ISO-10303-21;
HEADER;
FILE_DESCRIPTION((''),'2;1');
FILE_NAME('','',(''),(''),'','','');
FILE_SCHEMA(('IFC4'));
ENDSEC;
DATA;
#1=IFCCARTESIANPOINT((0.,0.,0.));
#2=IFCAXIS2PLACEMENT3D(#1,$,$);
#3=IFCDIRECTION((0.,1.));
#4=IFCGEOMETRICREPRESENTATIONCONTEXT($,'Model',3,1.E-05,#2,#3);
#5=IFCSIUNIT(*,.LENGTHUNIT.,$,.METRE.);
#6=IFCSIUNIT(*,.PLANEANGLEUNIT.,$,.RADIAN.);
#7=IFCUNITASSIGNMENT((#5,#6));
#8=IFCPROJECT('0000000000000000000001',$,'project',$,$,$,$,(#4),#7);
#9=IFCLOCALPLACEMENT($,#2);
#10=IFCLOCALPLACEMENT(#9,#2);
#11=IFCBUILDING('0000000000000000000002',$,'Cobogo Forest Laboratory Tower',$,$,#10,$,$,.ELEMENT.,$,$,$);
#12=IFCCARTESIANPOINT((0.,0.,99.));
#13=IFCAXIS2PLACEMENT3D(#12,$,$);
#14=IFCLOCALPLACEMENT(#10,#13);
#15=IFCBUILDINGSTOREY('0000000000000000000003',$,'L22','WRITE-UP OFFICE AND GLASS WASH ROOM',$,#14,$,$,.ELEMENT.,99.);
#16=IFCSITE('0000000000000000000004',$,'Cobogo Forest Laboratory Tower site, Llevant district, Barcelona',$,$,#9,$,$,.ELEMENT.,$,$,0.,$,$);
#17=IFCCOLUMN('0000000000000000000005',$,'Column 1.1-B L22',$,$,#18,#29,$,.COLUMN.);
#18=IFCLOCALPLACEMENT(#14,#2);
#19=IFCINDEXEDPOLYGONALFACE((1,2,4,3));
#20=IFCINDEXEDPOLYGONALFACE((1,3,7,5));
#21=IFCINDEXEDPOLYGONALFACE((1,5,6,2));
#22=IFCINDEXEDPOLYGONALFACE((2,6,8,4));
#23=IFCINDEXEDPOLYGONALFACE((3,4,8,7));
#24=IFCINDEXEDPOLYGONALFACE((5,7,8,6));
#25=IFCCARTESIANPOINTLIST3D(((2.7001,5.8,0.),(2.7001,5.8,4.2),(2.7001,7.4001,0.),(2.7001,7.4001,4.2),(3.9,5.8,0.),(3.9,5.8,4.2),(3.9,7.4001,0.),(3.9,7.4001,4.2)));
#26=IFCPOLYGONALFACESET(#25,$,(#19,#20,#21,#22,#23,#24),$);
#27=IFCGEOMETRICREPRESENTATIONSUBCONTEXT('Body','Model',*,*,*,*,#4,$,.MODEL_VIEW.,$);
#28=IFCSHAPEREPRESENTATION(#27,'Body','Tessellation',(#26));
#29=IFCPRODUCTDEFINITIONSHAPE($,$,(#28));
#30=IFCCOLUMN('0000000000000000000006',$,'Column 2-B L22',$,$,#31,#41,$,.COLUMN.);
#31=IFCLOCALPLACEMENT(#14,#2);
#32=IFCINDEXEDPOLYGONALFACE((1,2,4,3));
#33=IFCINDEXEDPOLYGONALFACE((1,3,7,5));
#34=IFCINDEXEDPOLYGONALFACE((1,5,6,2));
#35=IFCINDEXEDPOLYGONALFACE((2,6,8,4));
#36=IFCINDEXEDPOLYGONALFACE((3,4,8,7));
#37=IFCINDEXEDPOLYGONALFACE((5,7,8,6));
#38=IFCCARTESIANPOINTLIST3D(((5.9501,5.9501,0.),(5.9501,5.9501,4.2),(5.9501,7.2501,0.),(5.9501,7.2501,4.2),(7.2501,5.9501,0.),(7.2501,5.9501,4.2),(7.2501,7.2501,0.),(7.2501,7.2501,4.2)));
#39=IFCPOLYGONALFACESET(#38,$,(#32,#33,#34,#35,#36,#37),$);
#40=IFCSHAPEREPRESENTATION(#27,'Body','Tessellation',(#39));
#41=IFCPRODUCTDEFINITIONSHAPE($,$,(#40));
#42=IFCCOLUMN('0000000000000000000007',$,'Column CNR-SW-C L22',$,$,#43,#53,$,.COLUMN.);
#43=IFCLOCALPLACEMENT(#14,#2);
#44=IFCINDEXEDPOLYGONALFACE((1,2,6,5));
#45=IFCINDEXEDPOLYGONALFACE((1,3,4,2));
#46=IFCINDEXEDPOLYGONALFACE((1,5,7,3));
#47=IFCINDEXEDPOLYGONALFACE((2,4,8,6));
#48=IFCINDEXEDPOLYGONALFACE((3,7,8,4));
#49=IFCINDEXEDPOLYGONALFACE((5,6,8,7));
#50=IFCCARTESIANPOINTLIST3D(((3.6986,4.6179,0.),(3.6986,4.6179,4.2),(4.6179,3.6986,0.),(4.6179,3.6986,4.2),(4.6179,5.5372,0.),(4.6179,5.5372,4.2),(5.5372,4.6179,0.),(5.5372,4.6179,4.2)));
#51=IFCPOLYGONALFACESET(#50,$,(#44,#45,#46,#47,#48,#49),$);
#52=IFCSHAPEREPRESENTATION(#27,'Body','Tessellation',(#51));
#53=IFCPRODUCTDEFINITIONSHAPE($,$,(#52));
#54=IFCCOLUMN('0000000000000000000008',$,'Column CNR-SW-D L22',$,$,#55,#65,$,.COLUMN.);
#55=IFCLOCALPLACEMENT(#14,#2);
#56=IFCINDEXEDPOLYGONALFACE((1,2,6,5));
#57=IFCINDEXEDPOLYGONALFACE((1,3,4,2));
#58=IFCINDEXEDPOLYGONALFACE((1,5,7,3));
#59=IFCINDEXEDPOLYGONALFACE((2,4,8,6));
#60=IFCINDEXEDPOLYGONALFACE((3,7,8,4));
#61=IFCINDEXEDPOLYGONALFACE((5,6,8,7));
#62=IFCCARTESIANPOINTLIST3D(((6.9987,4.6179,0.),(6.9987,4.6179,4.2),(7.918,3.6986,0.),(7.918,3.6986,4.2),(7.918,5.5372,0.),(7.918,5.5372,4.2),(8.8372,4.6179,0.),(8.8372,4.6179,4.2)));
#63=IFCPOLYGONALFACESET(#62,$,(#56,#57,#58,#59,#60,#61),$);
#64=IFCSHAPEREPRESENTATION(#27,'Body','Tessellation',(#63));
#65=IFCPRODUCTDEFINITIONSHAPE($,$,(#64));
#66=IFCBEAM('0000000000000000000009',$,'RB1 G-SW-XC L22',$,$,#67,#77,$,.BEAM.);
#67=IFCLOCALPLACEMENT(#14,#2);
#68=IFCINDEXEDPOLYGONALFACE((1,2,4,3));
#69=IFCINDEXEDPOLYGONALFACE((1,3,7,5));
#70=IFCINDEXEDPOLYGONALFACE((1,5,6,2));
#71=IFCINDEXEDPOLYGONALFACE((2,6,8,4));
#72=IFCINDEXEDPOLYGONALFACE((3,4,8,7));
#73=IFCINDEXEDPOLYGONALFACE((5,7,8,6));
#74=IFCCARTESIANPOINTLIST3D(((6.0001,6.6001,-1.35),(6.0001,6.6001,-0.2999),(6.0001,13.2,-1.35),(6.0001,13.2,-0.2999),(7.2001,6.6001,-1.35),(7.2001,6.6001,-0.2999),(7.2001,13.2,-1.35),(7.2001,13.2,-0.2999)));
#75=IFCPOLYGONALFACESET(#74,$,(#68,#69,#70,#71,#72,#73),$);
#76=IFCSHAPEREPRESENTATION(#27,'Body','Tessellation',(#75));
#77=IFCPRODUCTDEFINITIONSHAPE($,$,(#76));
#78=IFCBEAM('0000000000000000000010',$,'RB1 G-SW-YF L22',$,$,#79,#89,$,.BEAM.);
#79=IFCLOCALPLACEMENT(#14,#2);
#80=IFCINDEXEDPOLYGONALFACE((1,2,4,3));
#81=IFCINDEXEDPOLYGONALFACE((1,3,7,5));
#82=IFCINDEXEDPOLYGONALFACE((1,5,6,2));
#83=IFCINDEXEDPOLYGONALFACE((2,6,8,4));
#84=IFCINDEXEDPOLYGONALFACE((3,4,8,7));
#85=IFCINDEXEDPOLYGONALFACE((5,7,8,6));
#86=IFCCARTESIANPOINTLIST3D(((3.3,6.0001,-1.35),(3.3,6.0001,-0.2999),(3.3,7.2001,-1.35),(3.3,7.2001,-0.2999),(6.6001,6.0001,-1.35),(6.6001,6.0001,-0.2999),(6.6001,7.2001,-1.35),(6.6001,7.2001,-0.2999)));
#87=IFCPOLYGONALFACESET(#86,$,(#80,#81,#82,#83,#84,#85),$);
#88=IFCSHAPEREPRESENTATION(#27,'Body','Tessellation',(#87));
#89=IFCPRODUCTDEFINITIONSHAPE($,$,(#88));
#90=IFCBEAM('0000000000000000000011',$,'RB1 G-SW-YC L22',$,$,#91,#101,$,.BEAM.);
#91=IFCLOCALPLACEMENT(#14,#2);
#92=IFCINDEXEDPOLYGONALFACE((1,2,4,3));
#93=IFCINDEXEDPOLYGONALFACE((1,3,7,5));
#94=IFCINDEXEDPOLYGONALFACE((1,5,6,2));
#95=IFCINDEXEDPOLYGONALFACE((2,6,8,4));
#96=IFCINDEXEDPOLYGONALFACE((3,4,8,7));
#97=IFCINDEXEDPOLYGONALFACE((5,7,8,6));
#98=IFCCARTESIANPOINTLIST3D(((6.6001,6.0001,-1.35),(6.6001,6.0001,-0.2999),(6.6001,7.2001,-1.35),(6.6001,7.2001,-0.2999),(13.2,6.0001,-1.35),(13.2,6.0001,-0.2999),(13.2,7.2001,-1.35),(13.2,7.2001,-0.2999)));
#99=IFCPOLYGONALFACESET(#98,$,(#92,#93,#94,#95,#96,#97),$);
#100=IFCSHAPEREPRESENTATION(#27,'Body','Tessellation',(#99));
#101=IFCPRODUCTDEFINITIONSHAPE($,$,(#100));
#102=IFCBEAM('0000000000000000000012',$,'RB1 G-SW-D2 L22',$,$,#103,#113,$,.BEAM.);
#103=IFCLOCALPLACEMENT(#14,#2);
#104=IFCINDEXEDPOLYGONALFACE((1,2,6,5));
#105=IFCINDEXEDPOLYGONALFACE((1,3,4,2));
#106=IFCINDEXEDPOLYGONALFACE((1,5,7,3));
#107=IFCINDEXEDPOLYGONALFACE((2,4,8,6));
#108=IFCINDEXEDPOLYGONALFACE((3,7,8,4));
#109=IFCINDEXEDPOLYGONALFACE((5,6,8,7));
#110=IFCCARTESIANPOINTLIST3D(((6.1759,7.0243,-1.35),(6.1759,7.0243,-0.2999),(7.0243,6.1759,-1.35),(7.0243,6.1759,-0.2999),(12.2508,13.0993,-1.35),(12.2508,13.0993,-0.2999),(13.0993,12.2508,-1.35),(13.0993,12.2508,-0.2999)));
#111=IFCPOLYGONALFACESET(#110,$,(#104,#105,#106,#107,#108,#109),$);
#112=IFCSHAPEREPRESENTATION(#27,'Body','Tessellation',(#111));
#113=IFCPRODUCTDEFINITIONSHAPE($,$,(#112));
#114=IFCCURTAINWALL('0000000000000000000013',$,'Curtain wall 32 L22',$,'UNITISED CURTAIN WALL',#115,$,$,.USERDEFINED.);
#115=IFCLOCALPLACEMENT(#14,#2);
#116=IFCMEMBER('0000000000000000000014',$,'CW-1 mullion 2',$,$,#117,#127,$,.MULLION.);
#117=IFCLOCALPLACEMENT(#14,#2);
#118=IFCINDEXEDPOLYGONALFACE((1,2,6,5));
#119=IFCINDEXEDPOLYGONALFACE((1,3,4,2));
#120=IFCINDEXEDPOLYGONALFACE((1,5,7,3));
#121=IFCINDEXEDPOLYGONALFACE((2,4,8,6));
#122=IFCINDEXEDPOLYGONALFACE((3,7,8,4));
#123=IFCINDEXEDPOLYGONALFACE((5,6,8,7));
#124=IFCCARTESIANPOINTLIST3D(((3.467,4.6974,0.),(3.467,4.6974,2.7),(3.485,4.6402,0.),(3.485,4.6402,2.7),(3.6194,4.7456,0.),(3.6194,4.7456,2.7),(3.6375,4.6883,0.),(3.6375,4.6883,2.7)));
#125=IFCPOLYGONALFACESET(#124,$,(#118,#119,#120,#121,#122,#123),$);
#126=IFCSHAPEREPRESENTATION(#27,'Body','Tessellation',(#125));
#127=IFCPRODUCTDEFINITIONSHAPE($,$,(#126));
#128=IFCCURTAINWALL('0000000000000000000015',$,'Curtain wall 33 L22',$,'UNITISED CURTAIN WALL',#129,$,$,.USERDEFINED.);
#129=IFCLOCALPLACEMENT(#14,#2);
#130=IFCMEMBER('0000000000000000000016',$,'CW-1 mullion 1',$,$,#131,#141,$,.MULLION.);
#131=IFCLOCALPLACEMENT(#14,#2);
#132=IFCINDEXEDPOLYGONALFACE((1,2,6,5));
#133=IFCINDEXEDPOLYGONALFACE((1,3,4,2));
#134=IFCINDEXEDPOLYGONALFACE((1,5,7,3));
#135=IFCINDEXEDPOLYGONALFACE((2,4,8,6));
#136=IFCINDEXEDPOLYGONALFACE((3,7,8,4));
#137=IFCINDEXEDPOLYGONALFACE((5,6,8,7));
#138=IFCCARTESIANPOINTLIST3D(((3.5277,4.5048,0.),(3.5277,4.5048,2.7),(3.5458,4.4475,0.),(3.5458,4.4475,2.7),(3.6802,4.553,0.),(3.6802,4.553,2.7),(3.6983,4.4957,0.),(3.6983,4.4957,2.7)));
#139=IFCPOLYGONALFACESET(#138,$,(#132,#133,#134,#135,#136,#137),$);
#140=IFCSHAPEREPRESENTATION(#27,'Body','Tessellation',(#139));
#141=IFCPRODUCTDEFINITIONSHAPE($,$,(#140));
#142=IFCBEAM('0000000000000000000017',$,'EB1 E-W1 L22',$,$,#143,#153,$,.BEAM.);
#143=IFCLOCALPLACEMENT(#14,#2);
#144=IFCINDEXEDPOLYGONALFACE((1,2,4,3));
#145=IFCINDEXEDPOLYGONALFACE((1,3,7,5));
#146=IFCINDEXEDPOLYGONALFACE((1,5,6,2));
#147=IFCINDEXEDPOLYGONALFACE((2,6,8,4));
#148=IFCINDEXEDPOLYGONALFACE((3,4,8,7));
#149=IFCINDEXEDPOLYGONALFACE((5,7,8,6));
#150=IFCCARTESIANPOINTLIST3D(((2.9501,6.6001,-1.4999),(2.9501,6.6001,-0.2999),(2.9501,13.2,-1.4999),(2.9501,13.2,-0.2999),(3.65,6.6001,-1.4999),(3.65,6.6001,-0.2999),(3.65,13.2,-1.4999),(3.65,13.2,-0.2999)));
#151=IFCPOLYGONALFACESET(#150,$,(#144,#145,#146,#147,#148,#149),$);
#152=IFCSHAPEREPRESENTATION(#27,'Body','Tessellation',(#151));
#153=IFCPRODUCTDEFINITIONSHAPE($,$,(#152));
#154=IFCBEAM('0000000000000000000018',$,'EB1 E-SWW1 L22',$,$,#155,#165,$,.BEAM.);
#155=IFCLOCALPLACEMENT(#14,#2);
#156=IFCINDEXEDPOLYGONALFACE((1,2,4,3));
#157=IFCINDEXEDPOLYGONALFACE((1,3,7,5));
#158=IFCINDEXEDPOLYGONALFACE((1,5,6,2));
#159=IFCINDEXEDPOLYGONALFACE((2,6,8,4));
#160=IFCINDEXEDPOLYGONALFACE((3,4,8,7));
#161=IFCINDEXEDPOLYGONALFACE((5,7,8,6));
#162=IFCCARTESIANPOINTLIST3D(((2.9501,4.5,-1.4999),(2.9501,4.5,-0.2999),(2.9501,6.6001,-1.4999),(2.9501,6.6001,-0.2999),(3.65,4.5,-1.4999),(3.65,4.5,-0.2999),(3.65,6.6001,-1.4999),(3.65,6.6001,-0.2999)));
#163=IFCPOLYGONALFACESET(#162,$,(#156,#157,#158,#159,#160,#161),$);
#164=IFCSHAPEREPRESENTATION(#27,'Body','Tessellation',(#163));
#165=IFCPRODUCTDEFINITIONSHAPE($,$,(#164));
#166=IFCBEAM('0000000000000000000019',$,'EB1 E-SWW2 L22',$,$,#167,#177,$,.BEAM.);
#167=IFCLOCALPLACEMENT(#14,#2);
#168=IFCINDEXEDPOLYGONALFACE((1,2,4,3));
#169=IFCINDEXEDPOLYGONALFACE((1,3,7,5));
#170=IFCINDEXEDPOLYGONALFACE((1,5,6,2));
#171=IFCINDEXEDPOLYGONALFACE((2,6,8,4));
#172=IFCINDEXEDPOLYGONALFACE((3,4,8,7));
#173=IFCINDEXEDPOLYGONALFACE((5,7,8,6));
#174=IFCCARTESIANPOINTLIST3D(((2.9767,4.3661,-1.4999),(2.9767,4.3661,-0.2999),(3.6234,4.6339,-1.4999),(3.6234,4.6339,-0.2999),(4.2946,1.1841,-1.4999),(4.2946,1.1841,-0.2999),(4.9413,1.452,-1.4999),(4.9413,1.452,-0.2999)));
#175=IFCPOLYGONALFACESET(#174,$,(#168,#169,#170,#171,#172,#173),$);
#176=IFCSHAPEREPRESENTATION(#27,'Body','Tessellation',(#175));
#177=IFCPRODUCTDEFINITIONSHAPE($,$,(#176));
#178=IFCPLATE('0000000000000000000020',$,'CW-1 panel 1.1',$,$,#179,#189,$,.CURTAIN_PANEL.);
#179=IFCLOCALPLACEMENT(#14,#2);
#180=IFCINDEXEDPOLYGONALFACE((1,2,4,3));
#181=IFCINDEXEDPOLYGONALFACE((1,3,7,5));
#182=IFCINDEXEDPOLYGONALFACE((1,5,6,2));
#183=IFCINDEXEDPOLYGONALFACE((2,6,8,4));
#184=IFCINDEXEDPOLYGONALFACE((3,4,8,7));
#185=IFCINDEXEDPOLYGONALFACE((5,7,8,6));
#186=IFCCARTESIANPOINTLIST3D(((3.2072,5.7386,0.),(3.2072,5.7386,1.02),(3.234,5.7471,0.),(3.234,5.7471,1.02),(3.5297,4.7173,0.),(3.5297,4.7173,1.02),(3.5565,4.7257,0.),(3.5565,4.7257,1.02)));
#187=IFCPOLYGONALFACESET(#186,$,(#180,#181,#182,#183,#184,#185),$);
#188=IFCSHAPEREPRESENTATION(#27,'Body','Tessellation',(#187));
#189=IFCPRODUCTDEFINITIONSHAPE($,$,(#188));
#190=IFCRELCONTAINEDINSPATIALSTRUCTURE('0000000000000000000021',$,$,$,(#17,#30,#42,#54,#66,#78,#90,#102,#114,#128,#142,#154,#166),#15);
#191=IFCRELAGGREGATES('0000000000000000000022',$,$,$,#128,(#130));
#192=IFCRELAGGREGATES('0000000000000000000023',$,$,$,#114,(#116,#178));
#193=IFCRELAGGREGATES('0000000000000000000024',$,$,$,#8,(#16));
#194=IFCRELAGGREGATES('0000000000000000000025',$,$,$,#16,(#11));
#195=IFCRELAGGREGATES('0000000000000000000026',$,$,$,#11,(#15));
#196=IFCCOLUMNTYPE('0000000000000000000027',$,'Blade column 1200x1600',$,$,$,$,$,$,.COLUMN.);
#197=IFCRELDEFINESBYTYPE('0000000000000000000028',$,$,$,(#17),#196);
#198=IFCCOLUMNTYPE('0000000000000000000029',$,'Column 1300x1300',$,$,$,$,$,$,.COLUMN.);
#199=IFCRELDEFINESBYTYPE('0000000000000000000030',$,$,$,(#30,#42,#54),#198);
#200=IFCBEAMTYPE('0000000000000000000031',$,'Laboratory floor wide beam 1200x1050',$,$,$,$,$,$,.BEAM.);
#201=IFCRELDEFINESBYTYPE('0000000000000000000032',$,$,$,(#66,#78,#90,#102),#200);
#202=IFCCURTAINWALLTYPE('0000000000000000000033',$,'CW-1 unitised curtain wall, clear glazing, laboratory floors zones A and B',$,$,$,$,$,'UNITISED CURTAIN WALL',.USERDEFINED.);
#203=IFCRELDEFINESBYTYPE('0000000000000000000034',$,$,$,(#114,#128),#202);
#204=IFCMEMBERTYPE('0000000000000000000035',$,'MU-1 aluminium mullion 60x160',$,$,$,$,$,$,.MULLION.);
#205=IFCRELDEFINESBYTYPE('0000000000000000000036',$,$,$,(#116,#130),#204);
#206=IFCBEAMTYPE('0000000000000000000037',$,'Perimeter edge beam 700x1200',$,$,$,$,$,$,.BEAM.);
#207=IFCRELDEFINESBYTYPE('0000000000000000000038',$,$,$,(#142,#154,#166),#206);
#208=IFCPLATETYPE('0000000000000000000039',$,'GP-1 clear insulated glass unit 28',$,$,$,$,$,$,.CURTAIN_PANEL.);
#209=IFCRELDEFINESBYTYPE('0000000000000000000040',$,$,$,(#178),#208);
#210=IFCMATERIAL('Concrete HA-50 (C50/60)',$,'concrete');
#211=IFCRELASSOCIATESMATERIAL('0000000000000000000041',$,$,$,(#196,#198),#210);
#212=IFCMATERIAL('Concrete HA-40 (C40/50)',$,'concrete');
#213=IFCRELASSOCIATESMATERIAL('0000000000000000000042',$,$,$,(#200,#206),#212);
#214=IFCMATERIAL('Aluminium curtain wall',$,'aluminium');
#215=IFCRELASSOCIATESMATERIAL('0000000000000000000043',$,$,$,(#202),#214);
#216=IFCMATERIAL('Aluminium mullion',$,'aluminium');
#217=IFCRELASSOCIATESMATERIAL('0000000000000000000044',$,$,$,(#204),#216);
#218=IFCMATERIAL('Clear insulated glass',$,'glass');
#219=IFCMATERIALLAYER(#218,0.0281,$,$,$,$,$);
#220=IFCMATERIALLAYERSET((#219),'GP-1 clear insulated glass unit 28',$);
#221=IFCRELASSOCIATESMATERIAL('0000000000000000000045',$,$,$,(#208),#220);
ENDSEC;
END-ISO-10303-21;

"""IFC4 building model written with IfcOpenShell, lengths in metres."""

from ifc_helpers import new_model, si_unit, direction, frame, origin, origin_2d, place, context, subcontext, project, spatial, rectangle, extrude, material, layer, layer_set, material_profile, profile_set, type_object, element, aggregate, save


model = new_model("IFC4")

# Units and contexts
model_context = context("Model", 3, precision=1e-05, world=origin(), true_north=direction((0.0, 1.0)))
body_context = subcontext(model_context, "Body", "Model", "MODEL_VIEW")
ifc_project = project(units=[si_unit("LENGTHUNIT", "METRE"), si_unit("PLANEANGLEUNIT", "RADIAN")], contexts=[model_context])

# Site, building, storey
site_placement = place(None, origin())
site = spatial("IfcSite", under=ifc_project, at=site_placement, Name="Cobogo Forest Laboratory Tower site, Llevant district, Barcelona", CompositionType="ELEMENT", RefElevation=0.0)
building_placement = place(site_placement, origin())
building = spatial("IfcBuilding", under=site, at=building_placement, Name="Cobogo Forest Laboratory Tower", CompositionType="ELEMENT")
storey_placement = place(building_placement, frame((0.0, 0.0, 99.0)))
storey = spatial("IfcBuildingStorey", under=building, at=storey_placement, Name="L22", Description="WRITE-UP OFFICE AND GLASS WASH ROOM", CompositionType="ELEMENT", Elevation=99.0)

# Columns
ifc_material_1 = material(Name="Concrete HA-50 (C50/60)", Category="concrete")
ifc_material_profile_1 = material_profile(ifc_material_1, rectangle(XDim=1.6001, YDim=1.2, at=origin_2d()), Name="RC 1200x1600")
ifc_profile_set_1 = profile_set([ifc_material_profile_1], Name="Concrete HA-50 (C50/60)")
column_type_1 = type_object("IfcColumnType", Name="Blade column 1200x1600", PredefinedType="COLUMN", material=ifc_profile_set_1)
column_placement = place(storey_placement, frame((3.3, 6.6001, 0.0), z_axis=(0.0, 0.0, 1.0), x_axis=(0.0, 1.0, 0.0)))
element("IfcColumn", 1, at=column_placement, inside=storey, type_object=column_type_1, Name="Column 1.1-B L22", PredefinedType="COLUMN", context=body_context, shape_type="SweptSolid", body=[
    extrude(rectangle(XDim=1.6001, YDim=1.2, at=origin_2d()), origin(), (0.0, 0.0, 1.0), 4.2),
])
ifc_material_profile_2 = material_profile(ifc_material_1, rectangle(XDim=1.3, YDim=1.3, at=origin_2d()), Name="RC 1300x1300")
ifc_profile_set_2 = profile_set([ifc_material_profile_2], Name="Concrete HA-50 (C50/60)")
column_type_2 = type_object("IfcColumnType", Name="Column 1300x1300", PredefinedType="COLUMN", material=ifc_profile_set_2)
for number, where, z_axis, x_axis, name in (
    (2, (6.6001, 6.6001, 0.0), (0.0, 0.0, 1.0), (1.0, 0.0, 0.0), "Column 2-B L22"),
    (3, (4.6179, 4.6179, 0.0), (0.0, 0.0, 1.0), (0.707107, 0.707107, 0.0), "Column CNR-SW-C L22"),
    (4, (7.918, 4.6179, 0.0), (0.0, 0.0, 1.0), (0.707107, 0.707107, 0.0), "Column CNR-SW-D L22"),
):
    element("IfcColumn", number, at=place(storey_placement, frame(where, z_axis=z_axis, x_axis=x_axis)), inside=storey, type_object=column_type_2, Name=name, PredefinedType="COLUMN", context=body_context, shape_type="SweptSolid", body=[
        extrude(rectangle(XDim=1.3, YDim=1.3, at=origin_2d()), origin(), (0.0, 0.0, 1.0), 4.2),
    ])

# Beams
ifc_material_2 = material(Name="Concrete HA-40 (C40/50)", Category="concrete")
ifc_material_profile_3 = material_profile(ifc_material_2, rectangle(XDim=1.2, YDim=1.05, at=origin_2d()), Name="RC 1200x1050")
ifc_profile_set_3 = profile_set([ifc_material_profile_3], Name="Concrete HA-40 (C40/50)")
beam_type_1 = type_object("IfcBeamType", Name="Laboratory floor wide beam 1200x1050", PredefinedType="BEAM", material=ifc_profile_set_3)
beam_1_placement = place(storey_placement, frame((6.6001, 6.6001, -0.825), z_axis=(0.0, 1.0, 0.0), x_axis=(-1.0, 0.0, 0.0)))
element("IfcBeam", 5, at=beam_1_placement, inside=storey, type_object=beam_type_1, Name="RB1 G-SW-XC L22", PredefinedType="BEAM", context=body_context, shape_type="SweptSolid", body=[
    extrude(rectangle(XDim=1.2, YDim=1.05, at=origin_2d()), origin(), (0.0, 0.0, 1.0), 6.5999),
])
beam_2_placement = place(storey_placement, frame((3.3, 6.6001, -0.825), z_axis=(1.0, 0.0, 0.0), x_axis=(0.0, 1.0, 0.0)))
element("IfcBeam", 6, at=beam_2_placement, inside=storey, type_object=beam_type_1, Name="RB1 G-SW-YF L22", PredefinedType="BEAM", context=body_context, shape_type="SweptSolid", body=[
    extrude(rectangle(XDim=1.2, YDim=1.05, at=origin_2d()), origin(), (0.0, 0.0, 1.0), 3.3),
])
beam_3_placement = place(storey_placement, frame((6.6001, 6.6001, -0.825), z_axis=(1.0, 0.0, 0.0), x_axis=(0.0, 1.0, 0.0)))
element("IfcBeam", 7, at=beam_3_placement, inside=storey, type_object=beam_type_1, Name="RB1 G-SW-YC L22", PredefinedType="BEAM", context=body_context, shape_type="SweptSolid", body=[
    extrude(rectangle(XDim=1.2, YDim=1.05, at=origin_2d()), origin(), (0.0, 0.0, 1.0), 6.5999),
])
beam_4_placement = place(storey_placement, frame((6.6001, 6.6001, -0.825), z_axis=(0.707107, 0.707107, 0.0), x_axis=(-0.707107, 0.707107, 0.0)))
element("IfcBeam", 8, at=beam_4_placement, inside=storey, type_object=beam_type_1, Name="RB1 G-SW-D2 L22", PredefinedType="BEAM", context=body_context, shape_type="SweptSolid", body=[
    extrude(rectangle(XDim=1.2, YDim=1.05, at=origin_2d()), origin(), (0.0, 0.0, 1.0), 8.5913),
])

# Curtain walls, members
ifc_material_3 = material(Name="Aluminium curtain wall", Category="aluminium")
curtain_wall_type = type_object("IfcCurtainWallType", Name="CW-1 unitised curtain wall, clear glazing, laboratory floors zones A and B", ElementType="UNITISED CURTAIN WALL", PredefinedType="USERDEFINED", material=ifc_material_3)
curtain_wall_1_placement = place(storey_placement, origin())
curtain_wall_1 = element("IfcCurtainWall", 9, at=curtain_wall_1_placement, inside=storey, type_object=curtain_wall_type, Name="Curtain wall 32 L22", ObjectType="UNITISED CURTAIN WALL", PredefinedType="USERDEFINED")
ifc_material_4 = material(Name="Aluminium mullion", Category="aluminium")
ifc_material_profile_4 = material_profile(ifc_material_4, rectangle(XDim=0.0601, YDim=0.1599, at=origin_2d()), Name="AL 60x160")
ifc_profile_set_4 = profile_set([ifc_material_profile_4], Name="Aluminium mullion")
member_type = type_object("IfcMemberType", Name="MU-1 aluminium mullion 60x160", PredefinedType="MULLION", material=ifc_profile_set_4)
member_1_placement = place(storey_placement, frame((3.5522, 4.6929, 0.0), z_axis=(0.0, 0.0, 1.0), x_axis=(0.301136, -0.953581, 0.0)))
member_1 = element("IfcMember", 10, at=member_1_placement, type_object=member_type, Name="CW-1 mullion 2", PredefinedType="MULLION", context=body_context, shape_type="SweptSolid", body=[
    extrude(rectangle(XDim=0.0601, YDim=0.1599, at=origin_2d()), origin(), (0.0, 0.0, 1.0), 2.7),
])
curtain_wall_2_placement = place(storey_placement, origin())
curtain_wall_2 = element("IfcCurtainWall", 11, at=curtain_wall_2_placement, inside=storey, type_object=curtain_wall_type, Name="Curtain wall 33 L22", ObjectType="UNITISED CURTAIN WALL", PredefinedType="USERDEFINED")
member_2_placement = place(storey_placement, frame((3.613, 4.5002, 0.0), z_axis=(0.0, 0.0, 1.0), x_axis=(0.301135, -0.953581, 0.0)))
member_2 = element("IfcMember", 12, at=member_2_placement, type_object=member_type, Name="CW-1 mullion 1", PredefinedType="MULLION", context=body_context, shape_type="SweptSolid", body=[
    extrude(rectangle(XDim=0.0601, YDim=0.1599, at=origin_2d()), origin(), (0.0, 0.0, 1.0), 2.7),
])
aggregate(curtain_wall_2, [member_2])

# Beams
ifc_material_profile_5 = material_profile(ifc_material_2, rectangle(XDim=0.7, YDim=1.2, at=origin_2d()), Name="RC 700x1200")
ifc_profile_set_5 = profile_set([ifc_material_profile_5], Name="Concrete HA-40 (C40/50)")
beam_type_2 = type_object("IfcBeamType", Name="Perimeter edge beam 700x1200", PredefinedType="BEAM", material=ifc_profile_set_5)
beam_5_placement = place(storey_placement, frame((3.3, 6.6001, -0.8999), z_axis=(0.0, 1.0, 0.0), x_axis=(-1.0, 0.0, 0.0)))
element("IfcBeam", 13, at=beam_5_placement, inside=storey, type_object=beam_type_2, Name="EB1 E-W1 L22", PredefinedType="BEAM", context=body_context, shape_type="SweptSolid", body=[
    extrude(rectangle(XDim=0.7, YDim=1.2, at=origin_2d()), origin(), (0.0, 0.0, 1.0), 6.5999),
])
beam_6_placement = place(storey_placement, frame((3.3, 6.6001, -0.8999), z_axis=(0.0, -1.0, 0.0), x_axis=(1.0, 0.0, 0.0)))
element("IfcBeam", 14, at=beam_6_placement, inside=storey, type_object=beam_type_2, Name="EB1 E-SWW1 L22", PredefinedType="BEAM", context=body_context, shape_type="SweptSolid", body=[
    extrude(rectangle(XDim=0.7, YDim=1.2, at=origin_2d()), origin(), (0.0, 0.0, 1.0), 2.1001),
])
beam_7_placement = place(storey_placement, frame((3.3, 4.5, -0.8999), z_axis=(0.382656, -0.923891, 0.0), x_axis=(0.923891, 0.382656, 0.0)))
element("IfcBeam", 15, at=beam_7_placement, inside=storey, type_object=beam_type_2, Name="EB1 E-SWW2 L22", PredefinedType="BEAM", context=body_context, shape_type="SweptSolid", body=[
    extrude(rectangle(XDim=0.7, YDim=1.2, at=origin_2d()), origin(), (0.0, 0.0, 1.0), 3.4441),
])

# Plate
ifc_material_5 = material(Name="Clear insulated glass", Category="glass")
ifc_layer_1 = layer(ifc_material_5, 0.0281)
ifc_layer_set_1 = layer_set([ifc_layer_1], Name="GP-1 clear insulated glass unit 28")
plate_type = type_object("IfcPlateType", Name="GP-1 clear insulated glass unit 28", PredefinedType="CURTAIN_PANEL", material=ifc_layer_set_1)
plate_1_placement = place(storey_placement, frame((3.3818, 5.2322, 0.0), z_axis=(0.0, 0.0, 1.0), x_axis=(0.301136, -0.953581, 0.0)))
plate_1 = element("IfcPlate", 16, at=plate_1_placement, type_object=plate_type, Name="CW-1 panel 1.1", PredefinedType="CURTAIN_PANEL", context=body_context, shape_type="SweptSolid", body=[
    extrude(rectangle(XDim=1.071, YDim=0.0281, at=origin_2d()), origin(), (0.0, 0.0, 1.0), 1.02),
])
aggregate(curtain_wall_1, [member_1, plate_1])

save(model, "model.ifc")
